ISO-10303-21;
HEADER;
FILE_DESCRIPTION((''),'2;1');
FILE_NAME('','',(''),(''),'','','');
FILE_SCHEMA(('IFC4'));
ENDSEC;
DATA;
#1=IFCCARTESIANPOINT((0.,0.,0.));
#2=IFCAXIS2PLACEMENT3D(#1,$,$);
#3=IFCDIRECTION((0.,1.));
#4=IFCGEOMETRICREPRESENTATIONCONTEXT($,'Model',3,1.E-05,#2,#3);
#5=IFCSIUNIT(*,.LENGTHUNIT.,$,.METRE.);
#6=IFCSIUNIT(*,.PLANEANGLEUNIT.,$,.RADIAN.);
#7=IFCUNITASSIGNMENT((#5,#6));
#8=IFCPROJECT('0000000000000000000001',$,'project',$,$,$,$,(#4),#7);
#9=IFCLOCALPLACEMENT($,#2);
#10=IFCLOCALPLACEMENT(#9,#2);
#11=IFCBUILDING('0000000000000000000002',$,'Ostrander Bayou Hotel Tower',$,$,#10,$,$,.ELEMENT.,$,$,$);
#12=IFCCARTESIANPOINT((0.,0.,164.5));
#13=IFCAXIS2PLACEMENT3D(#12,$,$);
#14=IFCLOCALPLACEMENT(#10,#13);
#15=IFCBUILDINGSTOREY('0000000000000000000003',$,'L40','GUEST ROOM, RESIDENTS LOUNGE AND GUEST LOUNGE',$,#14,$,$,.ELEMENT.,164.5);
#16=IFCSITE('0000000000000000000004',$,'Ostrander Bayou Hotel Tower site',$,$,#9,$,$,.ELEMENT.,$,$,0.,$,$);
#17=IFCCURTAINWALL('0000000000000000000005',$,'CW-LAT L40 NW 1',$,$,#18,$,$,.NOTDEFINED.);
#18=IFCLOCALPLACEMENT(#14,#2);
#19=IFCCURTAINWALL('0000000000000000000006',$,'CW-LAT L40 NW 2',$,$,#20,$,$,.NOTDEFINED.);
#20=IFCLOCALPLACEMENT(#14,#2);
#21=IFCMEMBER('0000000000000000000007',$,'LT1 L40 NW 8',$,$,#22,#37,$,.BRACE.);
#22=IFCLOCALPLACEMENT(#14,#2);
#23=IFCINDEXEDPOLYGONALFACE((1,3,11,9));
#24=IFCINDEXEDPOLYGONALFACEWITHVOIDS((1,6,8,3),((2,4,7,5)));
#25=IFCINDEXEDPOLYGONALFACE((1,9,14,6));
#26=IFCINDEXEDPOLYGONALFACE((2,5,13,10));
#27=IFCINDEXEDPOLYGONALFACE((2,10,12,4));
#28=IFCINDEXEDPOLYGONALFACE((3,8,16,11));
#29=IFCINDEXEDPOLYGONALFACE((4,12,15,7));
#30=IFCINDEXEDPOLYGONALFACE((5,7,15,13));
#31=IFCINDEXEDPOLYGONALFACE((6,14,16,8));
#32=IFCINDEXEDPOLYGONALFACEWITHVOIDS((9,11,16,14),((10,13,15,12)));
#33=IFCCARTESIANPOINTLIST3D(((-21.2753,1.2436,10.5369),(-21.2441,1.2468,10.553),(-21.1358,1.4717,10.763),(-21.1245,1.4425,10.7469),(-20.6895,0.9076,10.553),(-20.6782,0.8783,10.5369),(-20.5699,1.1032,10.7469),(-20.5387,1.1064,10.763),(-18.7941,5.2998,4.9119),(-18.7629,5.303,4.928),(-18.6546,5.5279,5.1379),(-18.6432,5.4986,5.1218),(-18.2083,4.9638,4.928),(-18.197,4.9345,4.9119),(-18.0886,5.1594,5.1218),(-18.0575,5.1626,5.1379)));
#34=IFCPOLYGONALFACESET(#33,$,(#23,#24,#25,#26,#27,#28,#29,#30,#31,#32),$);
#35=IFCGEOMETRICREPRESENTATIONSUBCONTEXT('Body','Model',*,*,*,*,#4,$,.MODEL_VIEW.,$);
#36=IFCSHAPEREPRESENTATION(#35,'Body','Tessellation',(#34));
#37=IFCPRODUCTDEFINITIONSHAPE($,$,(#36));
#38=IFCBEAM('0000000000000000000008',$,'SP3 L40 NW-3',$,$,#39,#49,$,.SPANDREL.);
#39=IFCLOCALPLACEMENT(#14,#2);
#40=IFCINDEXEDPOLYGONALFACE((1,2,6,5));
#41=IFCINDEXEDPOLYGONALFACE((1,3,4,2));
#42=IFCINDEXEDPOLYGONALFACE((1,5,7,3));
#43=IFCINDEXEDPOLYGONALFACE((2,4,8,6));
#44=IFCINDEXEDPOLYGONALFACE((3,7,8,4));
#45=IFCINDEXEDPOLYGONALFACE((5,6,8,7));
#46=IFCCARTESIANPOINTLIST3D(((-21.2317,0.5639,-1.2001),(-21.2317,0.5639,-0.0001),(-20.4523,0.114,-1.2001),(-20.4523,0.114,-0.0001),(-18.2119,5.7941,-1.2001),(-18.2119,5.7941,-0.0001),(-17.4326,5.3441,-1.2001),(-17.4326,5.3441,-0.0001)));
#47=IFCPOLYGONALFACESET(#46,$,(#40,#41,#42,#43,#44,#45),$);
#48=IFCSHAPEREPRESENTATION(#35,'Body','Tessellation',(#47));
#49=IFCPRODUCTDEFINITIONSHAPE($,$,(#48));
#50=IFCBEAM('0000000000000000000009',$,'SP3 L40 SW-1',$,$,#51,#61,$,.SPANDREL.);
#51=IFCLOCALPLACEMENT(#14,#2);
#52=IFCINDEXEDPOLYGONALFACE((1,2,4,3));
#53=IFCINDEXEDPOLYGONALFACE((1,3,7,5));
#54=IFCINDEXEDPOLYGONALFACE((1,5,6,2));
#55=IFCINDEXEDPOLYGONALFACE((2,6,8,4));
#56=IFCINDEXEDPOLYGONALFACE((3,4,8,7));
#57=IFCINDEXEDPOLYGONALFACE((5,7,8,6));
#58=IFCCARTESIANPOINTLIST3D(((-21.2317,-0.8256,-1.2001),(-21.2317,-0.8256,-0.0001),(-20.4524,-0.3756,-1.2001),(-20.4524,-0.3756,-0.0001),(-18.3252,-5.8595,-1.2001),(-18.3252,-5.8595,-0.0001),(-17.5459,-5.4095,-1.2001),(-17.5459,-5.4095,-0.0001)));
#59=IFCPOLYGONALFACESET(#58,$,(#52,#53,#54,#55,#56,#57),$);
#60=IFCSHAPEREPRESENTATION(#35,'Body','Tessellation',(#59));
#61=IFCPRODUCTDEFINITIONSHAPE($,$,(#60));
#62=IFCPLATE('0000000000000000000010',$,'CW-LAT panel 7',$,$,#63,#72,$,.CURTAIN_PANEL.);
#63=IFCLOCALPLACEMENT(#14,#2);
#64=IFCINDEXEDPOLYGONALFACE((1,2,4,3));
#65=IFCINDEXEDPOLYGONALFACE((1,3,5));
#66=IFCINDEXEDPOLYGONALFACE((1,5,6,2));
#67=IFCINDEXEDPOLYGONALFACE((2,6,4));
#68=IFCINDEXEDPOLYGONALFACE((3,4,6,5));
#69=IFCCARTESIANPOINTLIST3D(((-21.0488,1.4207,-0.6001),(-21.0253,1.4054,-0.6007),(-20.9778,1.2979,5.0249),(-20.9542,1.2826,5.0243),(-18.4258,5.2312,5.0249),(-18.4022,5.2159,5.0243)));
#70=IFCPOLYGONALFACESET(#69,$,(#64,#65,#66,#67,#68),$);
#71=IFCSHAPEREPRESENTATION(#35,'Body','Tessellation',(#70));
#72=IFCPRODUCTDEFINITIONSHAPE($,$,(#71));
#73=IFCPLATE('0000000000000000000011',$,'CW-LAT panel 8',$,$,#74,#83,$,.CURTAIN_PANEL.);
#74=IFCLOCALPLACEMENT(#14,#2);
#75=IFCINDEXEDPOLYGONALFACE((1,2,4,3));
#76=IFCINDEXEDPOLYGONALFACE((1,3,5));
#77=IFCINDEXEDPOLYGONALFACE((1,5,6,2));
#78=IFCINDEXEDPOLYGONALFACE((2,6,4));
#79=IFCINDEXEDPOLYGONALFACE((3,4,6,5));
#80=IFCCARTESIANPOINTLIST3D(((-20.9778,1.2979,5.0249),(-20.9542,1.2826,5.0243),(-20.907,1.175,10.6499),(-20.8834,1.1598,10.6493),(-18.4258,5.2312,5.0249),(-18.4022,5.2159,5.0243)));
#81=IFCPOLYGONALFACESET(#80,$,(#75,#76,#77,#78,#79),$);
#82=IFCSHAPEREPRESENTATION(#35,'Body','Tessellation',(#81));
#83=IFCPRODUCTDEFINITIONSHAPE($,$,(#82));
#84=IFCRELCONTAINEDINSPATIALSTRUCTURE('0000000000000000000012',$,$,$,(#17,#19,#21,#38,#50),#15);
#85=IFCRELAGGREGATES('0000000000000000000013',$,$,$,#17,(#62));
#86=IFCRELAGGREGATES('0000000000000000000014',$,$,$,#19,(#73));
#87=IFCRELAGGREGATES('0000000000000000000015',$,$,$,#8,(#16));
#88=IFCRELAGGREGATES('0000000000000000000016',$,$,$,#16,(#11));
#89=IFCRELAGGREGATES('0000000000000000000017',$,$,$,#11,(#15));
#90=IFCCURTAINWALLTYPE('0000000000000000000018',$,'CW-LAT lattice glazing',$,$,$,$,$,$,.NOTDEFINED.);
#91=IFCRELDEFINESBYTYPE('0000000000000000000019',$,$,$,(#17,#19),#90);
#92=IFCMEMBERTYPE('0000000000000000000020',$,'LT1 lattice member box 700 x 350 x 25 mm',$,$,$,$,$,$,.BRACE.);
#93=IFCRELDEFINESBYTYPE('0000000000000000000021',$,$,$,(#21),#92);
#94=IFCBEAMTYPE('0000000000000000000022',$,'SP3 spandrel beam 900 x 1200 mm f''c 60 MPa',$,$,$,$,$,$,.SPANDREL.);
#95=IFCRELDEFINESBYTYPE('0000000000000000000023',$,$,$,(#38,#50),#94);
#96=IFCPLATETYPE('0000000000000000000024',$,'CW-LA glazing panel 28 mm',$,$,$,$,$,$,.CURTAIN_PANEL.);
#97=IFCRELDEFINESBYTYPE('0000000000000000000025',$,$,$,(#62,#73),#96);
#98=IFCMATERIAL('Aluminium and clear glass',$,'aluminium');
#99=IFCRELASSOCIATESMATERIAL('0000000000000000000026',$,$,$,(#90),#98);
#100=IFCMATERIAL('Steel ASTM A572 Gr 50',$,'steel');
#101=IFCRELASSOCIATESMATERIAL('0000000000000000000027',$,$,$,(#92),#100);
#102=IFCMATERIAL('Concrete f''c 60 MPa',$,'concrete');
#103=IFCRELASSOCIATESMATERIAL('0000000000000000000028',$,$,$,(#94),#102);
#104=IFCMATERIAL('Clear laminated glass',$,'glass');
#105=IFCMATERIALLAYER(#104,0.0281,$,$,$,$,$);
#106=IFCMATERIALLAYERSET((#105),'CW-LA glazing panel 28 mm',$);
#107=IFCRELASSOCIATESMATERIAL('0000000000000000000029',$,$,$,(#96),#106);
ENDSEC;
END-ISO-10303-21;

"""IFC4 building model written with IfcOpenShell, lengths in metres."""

from ifc_helpers import new_model, si_unit, direction, frame, origin, origin_2d, place, context, subcontext, project, spatial, polyline, rectangle, hollow_rectangle, outline, extrude, material, layer, layer_set, material_profile, profile_set, type_object, element, aggregate, save


model = new_model("IFC4")

# Units and contexts
model_context = context("Model", 3, precision=1e-05, world=origin(), true_north=direction((0.0, 1.0)))
body_context = subcontext(model_context, "Body", "Model", "MODEL_VIEW")
ifc_project = project(units=[si_unit("LENGTHUNIT", "METRE"), si_unit("PLANEANGLEUNIT", "RADIAN")], contexts=[model_context])

# Site, building, storey
site_placement = place(None, origin())
site = spatial("IfcSite", under=ifc_project, at=site_placement, Name="Ostrander Bayou Hotel Tower site", CompositionType="ELEMENT", RefElevation=0.0)
building_placement = place(site_placement, origin())
building = spatial("IfcBuilding", under=site, at=building_placement, Name="Ostrander Bayou Hotel Tower", CompositionType="ELEMENT")
storey_placement = place(building_placement, frame((0.0, 0.0, 164.5)))
storey = spatial("IfcBuildingStorey", under=building, at=storey_placement, Name="L40", Description="GUEST ROOM, RESIDENTS LOUNGE AND GUEST LOUNGE", CompositionType="ELEMENT", Elevation=164.5)

# Curtain wall
ifc_material_1 = material(Name="Aluminium and clear glass", Category="aluminium")
curtain_wall_type = type_object("IfcCurtainWallType", Name="CW-LAT lattice glazing", PredefinedType="NOTDEFINED", material=ifc_material_1)
curtain_wall_1_placement = place(storey_placement, origin())
curtain_wall_1 = element("IfcCurtainWall", 1, at=curtain_wall_1_placement, inside=storey, type_object=curtain_wall_type, Name="CW-LAT L40 NW 1", PredefinedType="NOTDEFINED")

# Curtain wall
curtain_wall_2_placement = place(storey_placement, origin())
curtain_wall_2 = element("IfcCurtainWall", 2, at=curtain_wall_2_placement, inside=storey, type_object=curtain_wall_type, Name="CW-LAT L40 NW 2", PredefinedType="NOTDEFINED")

# Member
ifc_material_2 = material(Name="Steel ASTM A572 Gr 50", Category="steel")
ifc_material_profile_1 = material_profile(ifc_material_2, hollow_rectangle(XDim=0.7, YDim=0.3501, WallThickness=0.0249, at=origin_2d()))
ifc_profile_set_1 = profile_set([ifc_material_profile_1], Name="Steel ASTM A572 Gr 50")
member_type_1 = type_object("IfcMemberType", Name="LT1 lattice member box 700 x 350 x 25 mm", PredefinedType="BRACE", material=ifc_profile_set_1)
member_1_placement = place(storey_placement, frame((-18.4258, 5.2312, 5.0249), z_axis=(-0.336872, -0.550702, 0.763704), x_axis=(0.853053, -0.521824, 0.0)))
element("IfcMember", 3, at=member_1_placement, inside=storey, type_object=member_type_1, Name="LT1 L40 NW 8", PredefinedType="BRACE", context=body_context, shape_type="SweptSolid", body=[
    extrude(hollow_rectangle(XDim=0.7, YDim=0.3501, WallThickness=0.0249, at=origin_2d()), origin(), (0.0, 0.0, 1.0), 7.3655),
])

# Beams
ifc_material_3 = material(Name="Concrete f'c 60 MPa", Category="concrete")
ifc_material_profile_2 = material_profile(ifc_material_3, rectangle(XDim=0.8999, YDim=1.2, at=origin_2d()))
ifc_profile_set_2 = profile_set([ifc_material_profile_2], Name="Concrete f'c 60 MPa")
beam_type_1 = type_object("IfcBeamType", Name="SP3 spandrel beam 900 x 1200 mm f'c 60 MPa", PredefinedType="SPANDREL", material=ifc_profile_set_2)
beam_1_placement = place(storey_placement, frame((-17.8223, 5.5691, -0.6001), z_axis=(-0.500013, -0.866018, 0.0), x_axis=(0.866018, -0.500013, 0.0)))
element("IfcBeam", 4, at=beam_1_placement, inside=storey, type_object=beam_type_1, Name="SP3 L40 NW-3", PredefinedType="SPANDREL", context=body_context, shape_type="SweptSolid", body=[
    extrude(rectangle(XDim=0.8999, YDim=1.2, at=origin_2d()), origin(), (0.0, 0.0, 1.0), 6.0393),
])
beam_2_placement = place(storey_placement, frame((-20.842, -0.6006, -0.6001), z_axis=(0.500019, -0.866014, 0.0), x_axis=(0.866014, 0.500019, 0.0)))
element("IfcBeam", 5, at=beam_2_placement, inside=storey, type_object=beam_type_1, Name="SP3 L40 SW-1", PredefinedType="SPANDREL", context=body_context, shape_type="SweptSolid", body=[
    extrude(rectangle(XDim=0.8999, YDim=1.2, at=origin_2d()), origin(), (0.0, 0.0, 1.0), 5.8127),
])

# Plates
ifc_material_4 = material(Name="Clear laminated glass", Category="glass")
ifc_layer_1 = layer(ifc_material_4, 0.0281)
ifc_layer_set_1 = layer_set([ifc_layer_1], Name="CW-LA glazing panel 28 mm")
plate_type = type_object("IfcPlateType", Name="CW-LA glazing panel 28 mm", PredefinedType="CURTAIN_PANEL", material=ifc_layer_set_1)
plate_1_placement = place(storey_placement, frame((-18.4258, 5.2312, 5.0249), z_axis=(-0.838687, 0.54415, 0.022472), x_axis=(-0.360163, -0.523215, -0.772353)))
plate_1 = element("IfcPlate", 6, at=plate_1_placement, type_object=plate_type, Name="CW-LAT panel 7", PredefinedType="CURTAIN_PANEL", context=body_context, shape_type="SweptSolid", body=[
    extrude(outline(polyline([(0.0, 0.0), (7.2829, 0.0), (2.9771, 3.6222), (0.0, 0.0)])), origin(), (0.0, 0.0, -1.0), 0.0281),
])
aggregate(curtain_wall_1, [plate_1])
plate_2_placement = place(storey_placement, frame((-18.4258, 5.2312, 5.0249), z_axis=(-0.838688, 0.54415, 0.022436), x_axis=(-0.336872, -0.550702, 0.763704)))
plate_2 = element("IfcPlate", 7, at=plate_2_placement, type_object=plate_type, Name="CW-LAT panel 8", PredefinedType="CURTAIN_PANEL", context=body_context, shape_type="SweptSolid", body=[
    extrude(outline(polyline([(0.0, 0.0), (7.3654, 0.0), (3.0258, -3.5817), (0.0, 0.0)])), origin(), (0.0, 0.0, -1.0), 0.0281),
])
aggregate(curtain_wall_2, [plate_2])

save(model, "model.ifc")
